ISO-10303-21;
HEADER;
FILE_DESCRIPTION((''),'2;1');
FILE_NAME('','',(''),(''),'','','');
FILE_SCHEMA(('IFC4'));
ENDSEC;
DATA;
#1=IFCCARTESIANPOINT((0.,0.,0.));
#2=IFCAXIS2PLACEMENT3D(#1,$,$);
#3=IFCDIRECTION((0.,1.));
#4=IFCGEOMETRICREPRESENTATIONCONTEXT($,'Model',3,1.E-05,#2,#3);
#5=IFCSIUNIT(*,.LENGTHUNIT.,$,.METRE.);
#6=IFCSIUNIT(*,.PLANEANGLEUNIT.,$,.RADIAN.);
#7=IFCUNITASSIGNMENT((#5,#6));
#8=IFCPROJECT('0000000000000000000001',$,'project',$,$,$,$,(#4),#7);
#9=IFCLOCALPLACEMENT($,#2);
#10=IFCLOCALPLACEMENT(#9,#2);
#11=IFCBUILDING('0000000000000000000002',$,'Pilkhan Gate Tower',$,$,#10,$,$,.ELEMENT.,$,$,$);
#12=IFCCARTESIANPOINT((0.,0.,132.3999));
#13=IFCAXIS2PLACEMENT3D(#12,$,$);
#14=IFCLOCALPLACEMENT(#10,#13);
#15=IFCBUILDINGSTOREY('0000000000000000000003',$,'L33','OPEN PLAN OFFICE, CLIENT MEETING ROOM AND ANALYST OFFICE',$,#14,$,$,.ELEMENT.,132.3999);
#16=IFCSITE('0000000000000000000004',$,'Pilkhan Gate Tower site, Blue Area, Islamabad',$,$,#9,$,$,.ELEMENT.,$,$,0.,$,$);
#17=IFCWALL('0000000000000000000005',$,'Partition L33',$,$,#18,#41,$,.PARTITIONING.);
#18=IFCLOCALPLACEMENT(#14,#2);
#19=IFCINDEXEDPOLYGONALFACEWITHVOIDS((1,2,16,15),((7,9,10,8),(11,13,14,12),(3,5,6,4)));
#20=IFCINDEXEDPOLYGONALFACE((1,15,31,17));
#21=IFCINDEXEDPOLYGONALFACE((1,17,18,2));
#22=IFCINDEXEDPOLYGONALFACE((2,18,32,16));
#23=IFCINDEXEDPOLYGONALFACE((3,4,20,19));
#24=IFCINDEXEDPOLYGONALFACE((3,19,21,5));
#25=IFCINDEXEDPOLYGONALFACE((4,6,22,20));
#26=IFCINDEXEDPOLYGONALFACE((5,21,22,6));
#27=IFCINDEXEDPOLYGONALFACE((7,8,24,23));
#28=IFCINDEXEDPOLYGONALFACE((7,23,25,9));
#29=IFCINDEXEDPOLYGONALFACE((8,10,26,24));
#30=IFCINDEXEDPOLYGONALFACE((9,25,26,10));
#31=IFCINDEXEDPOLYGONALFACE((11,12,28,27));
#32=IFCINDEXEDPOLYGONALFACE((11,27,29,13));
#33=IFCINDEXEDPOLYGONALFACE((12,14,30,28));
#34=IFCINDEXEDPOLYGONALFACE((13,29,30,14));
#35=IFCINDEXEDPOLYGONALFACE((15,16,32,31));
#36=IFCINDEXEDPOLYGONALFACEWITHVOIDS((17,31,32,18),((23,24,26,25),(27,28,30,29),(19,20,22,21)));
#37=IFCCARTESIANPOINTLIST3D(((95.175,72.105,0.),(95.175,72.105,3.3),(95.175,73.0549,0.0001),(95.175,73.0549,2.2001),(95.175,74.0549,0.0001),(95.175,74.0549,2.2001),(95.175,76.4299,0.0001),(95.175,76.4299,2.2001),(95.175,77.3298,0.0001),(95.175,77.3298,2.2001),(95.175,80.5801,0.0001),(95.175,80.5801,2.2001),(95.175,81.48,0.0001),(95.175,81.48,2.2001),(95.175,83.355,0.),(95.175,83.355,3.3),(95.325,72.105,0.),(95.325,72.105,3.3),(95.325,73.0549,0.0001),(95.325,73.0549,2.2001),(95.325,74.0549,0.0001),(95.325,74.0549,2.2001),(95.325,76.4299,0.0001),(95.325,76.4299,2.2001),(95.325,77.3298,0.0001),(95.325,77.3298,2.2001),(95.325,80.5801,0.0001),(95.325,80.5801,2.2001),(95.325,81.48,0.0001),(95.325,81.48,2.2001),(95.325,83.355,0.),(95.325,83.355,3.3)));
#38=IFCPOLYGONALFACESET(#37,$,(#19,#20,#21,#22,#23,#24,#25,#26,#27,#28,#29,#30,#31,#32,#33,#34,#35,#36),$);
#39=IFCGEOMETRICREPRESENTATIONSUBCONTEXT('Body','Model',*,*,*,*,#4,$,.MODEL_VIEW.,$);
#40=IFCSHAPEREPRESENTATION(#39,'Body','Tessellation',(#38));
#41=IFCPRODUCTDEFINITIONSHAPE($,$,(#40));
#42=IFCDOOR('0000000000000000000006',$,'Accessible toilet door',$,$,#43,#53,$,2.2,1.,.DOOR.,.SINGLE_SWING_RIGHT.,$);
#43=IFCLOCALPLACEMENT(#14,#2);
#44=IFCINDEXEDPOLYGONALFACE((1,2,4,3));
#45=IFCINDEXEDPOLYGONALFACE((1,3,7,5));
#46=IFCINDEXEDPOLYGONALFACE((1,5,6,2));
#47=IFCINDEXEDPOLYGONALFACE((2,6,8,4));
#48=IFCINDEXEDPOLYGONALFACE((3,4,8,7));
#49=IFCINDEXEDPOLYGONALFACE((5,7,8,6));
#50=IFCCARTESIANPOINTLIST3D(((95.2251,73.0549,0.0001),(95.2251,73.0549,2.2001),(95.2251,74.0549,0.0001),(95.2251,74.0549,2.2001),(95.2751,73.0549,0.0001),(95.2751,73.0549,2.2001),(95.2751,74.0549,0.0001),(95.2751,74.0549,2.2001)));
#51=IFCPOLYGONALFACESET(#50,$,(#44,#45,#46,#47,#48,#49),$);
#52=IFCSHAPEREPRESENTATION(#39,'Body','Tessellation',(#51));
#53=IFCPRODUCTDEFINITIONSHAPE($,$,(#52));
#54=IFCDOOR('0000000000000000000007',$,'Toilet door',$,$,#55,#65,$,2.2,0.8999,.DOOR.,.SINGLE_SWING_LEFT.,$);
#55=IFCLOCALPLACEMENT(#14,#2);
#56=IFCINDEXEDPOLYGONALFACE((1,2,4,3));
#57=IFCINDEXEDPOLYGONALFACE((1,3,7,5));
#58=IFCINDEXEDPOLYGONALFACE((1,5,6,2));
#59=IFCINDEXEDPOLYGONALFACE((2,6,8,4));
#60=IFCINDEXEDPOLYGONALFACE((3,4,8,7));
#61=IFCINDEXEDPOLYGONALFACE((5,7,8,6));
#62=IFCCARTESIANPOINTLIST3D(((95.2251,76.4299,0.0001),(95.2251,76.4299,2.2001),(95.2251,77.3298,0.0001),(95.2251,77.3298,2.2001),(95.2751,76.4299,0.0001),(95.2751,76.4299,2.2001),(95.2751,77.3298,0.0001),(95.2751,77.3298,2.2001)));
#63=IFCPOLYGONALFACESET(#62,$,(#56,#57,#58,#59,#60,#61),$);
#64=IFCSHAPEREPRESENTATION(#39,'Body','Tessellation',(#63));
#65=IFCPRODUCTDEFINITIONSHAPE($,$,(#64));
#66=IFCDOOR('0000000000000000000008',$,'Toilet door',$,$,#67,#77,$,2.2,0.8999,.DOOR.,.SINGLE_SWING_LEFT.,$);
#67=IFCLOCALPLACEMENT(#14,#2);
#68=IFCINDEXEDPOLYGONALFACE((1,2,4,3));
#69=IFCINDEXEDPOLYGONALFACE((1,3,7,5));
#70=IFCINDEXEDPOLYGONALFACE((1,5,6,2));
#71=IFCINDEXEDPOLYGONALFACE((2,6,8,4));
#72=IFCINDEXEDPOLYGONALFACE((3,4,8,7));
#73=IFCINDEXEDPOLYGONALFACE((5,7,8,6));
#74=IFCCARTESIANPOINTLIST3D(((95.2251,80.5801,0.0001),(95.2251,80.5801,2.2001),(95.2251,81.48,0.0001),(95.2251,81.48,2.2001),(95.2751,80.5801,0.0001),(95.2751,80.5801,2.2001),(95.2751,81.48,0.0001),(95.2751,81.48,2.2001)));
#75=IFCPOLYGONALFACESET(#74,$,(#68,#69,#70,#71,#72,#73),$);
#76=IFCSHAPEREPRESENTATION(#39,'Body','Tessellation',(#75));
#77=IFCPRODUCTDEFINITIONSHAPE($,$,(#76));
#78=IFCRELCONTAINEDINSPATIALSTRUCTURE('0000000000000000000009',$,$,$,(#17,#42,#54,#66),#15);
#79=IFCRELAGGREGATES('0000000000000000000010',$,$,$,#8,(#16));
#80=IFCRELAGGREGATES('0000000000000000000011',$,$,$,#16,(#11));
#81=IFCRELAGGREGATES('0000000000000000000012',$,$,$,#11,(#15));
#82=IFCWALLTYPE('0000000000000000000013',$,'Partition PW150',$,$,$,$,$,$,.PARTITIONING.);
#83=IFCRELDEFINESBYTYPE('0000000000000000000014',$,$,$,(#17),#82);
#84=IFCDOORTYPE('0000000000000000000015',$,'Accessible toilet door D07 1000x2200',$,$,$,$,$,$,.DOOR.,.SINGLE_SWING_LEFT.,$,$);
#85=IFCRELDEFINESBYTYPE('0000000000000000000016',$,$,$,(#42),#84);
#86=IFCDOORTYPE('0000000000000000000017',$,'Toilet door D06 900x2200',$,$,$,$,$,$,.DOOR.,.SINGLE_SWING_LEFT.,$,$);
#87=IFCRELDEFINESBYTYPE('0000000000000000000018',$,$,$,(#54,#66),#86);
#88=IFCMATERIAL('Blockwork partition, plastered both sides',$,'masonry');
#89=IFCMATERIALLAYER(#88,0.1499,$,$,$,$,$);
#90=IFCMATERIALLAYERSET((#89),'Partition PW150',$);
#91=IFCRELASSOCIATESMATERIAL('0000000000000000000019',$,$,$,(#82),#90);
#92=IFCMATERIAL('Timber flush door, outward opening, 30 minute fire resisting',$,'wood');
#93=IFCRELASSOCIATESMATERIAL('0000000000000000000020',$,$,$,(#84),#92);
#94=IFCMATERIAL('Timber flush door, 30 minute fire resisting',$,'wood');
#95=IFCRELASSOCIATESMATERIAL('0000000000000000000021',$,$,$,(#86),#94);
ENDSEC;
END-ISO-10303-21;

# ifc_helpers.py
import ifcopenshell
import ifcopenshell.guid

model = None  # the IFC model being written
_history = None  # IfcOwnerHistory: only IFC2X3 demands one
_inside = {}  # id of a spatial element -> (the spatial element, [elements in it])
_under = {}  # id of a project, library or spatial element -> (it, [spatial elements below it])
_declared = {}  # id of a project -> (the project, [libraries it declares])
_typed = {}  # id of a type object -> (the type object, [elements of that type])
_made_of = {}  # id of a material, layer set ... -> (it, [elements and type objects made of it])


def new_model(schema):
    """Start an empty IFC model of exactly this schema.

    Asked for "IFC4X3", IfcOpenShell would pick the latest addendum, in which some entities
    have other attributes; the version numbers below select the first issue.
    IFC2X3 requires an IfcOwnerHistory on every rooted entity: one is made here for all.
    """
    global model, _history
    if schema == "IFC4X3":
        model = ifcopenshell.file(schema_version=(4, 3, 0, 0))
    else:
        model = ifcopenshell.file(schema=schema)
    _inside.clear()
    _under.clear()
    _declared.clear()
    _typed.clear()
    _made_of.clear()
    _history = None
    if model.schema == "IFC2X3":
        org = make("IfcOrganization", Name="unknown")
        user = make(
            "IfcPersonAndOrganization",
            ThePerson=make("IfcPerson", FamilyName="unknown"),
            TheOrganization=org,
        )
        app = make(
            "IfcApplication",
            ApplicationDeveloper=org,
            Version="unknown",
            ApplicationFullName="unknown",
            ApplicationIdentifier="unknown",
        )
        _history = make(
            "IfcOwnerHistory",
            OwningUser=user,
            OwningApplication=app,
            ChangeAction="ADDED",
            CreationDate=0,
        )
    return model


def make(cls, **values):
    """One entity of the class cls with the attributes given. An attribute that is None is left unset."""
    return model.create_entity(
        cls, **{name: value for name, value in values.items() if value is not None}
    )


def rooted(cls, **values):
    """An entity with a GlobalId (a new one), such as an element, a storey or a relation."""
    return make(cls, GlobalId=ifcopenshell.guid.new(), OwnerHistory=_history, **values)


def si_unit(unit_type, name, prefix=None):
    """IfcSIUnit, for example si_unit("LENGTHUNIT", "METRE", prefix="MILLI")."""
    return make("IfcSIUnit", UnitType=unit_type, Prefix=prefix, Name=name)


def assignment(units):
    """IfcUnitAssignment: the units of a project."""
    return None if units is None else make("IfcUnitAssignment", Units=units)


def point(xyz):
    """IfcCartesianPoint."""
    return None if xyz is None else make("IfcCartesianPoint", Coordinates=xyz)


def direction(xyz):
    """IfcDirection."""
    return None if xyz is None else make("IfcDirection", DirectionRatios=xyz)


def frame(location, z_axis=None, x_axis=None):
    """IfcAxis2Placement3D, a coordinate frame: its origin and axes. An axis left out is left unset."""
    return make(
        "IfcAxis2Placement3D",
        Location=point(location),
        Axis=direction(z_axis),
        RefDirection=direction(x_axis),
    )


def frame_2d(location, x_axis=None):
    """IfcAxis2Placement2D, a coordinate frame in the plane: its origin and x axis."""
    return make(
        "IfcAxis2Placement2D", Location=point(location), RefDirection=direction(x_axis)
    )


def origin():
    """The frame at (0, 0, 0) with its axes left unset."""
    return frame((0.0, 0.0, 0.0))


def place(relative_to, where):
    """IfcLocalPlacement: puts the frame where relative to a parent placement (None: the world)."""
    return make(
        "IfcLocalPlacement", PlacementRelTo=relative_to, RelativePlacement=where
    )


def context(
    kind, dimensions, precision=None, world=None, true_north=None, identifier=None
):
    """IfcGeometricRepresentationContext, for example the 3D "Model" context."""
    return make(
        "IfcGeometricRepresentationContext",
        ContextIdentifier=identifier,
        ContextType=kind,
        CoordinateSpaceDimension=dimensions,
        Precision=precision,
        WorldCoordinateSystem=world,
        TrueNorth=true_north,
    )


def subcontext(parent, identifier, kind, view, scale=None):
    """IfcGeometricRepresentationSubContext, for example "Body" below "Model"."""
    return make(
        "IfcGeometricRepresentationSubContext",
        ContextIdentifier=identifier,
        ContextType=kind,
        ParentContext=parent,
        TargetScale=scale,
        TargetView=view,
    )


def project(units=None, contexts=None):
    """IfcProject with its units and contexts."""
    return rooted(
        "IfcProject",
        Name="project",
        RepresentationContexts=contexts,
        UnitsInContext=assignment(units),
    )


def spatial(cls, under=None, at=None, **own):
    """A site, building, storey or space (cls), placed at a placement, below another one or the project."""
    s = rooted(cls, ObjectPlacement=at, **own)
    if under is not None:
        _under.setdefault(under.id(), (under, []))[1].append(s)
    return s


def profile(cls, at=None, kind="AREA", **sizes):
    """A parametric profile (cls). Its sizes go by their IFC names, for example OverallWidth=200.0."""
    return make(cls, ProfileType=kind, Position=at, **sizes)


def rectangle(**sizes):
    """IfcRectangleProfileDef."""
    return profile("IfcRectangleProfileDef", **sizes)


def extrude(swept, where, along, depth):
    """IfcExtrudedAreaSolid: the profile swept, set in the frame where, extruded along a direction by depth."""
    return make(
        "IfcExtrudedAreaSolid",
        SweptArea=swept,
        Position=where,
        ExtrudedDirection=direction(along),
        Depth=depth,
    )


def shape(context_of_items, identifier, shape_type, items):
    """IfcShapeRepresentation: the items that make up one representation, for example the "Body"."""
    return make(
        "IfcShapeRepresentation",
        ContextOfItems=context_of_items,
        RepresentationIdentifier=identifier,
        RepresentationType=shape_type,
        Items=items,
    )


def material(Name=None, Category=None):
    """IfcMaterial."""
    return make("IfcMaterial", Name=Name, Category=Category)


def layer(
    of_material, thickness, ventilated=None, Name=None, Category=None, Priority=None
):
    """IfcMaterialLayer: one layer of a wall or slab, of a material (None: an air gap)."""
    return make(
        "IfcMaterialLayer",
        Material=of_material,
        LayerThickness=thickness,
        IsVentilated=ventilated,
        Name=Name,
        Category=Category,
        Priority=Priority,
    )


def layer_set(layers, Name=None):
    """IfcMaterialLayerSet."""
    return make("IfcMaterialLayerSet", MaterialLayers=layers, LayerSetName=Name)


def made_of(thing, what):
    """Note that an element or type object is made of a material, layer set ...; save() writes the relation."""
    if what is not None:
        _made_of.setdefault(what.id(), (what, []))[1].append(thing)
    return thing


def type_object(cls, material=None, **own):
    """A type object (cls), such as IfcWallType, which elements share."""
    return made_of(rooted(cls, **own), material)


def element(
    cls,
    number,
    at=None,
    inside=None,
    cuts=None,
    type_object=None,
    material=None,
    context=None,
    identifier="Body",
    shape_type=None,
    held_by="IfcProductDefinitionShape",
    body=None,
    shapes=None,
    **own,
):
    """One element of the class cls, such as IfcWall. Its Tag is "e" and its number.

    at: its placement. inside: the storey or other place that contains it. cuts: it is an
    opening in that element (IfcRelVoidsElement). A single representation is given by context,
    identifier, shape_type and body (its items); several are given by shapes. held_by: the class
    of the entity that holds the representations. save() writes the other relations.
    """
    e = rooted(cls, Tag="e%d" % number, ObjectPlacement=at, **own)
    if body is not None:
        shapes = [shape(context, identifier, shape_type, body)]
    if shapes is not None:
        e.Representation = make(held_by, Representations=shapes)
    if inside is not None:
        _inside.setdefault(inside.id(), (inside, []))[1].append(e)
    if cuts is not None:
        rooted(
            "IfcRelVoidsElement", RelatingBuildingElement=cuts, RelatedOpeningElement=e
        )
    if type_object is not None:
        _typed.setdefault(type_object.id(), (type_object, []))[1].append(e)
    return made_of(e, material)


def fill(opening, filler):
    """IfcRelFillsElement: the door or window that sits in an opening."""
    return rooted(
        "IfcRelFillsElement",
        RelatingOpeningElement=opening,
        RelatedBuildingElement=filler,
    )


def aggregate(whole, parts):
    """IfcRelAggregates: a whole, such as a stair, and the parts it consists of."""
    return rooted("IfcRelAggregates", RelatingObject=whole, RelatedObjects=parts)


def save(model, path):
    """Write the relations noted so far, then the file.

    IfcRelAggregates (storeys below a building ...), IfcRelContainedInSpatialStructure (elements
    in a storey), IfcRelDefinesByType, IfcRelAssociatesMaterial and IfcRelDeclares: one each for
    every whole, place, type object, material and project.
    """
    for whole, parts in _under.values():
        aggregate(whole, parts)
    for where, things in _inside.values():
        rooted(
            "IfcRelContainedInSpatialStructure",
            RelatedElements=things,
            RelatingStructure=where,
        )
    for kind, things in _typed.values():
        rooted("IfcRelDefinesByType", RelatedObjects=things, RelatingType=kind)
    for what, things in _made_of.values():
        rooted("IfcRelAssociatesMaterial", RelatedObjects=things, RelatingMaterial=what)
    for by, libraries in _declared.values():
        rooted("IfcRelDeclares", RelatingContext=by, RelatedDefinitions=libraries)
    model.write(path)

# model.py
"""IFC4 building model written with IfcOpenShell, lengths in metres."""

from ifc_helpers import new_model, si_unit, direction, frame, frame_2d, origin, place, context, subcontext, project, spatial, rectangle, extrude, material, layer, layer_set, type_object, element, fill, save


model = new_model("IFC4")

# Units and contexts
model_context = context("Model", 3, precision=1e-05, world=origin(), true_north=direction((0.0, 1.0)))
body_context = subcontext(model_context, "Body", "Model", "MODEL_VIEW")
ifc_project = project(units=[si_unit("LENGTHUNIT", "METRE"), si_unit("PLANEANGLEUNIT", "RADIAN")], contexts=[model_context])

# Site, building, storey
site_placement = place(None, origin())
site = spatial("IfcSite", under=ifc_project, at=site_placement, Name="Pilkhan Gate Tower site, Blue Area, Islamabad", CompositionType="ELEMENT", RefElevation=0.0)
building_placement = place(site_placement, origin())
building = spatial("IfcBuilding", under=site, at=building_placement, Name="Pilkhan Gate Tower", CompositionType="ELEMENT")
storey_placement = place(building_placement, frame((0.0, 0.0, 132.3999)))
storey = spatial("IfcBuildingStorey", under=building, at=storey_placement, Name="L33", Description="OPEN PLAN OFFICE, CLIENT MEETING ROOM AND ANALYST OFFICE", CompositionType="ELEMENT", Elevation=132.3999)

# Shared definitions
ifc_material_1 = material(Name="Timber flush door, 30 minute fire resisting", Category="wood")

# Shared definitions
ifc_material_2 = material(Name="Blockwork partition, plastered both sides", Category="masonry")
ifc_layer_1 = layer(ifc_material_2, 0.1499)
ifc_layer_set_1 = layer_set([ifc_layer_1], Name="Partition PW150")
wall_type_1 = type_object("IfcWallType", Name="Partition PW150", PredefinedType="PARTITIONING", material=ifc_layer_set_1)

# Wall, openings, doors
wall_1_placement = place(storey_placement, frame((95.25, 72.105, 0.0), z_axis=(0.0, 0.0, 1.0), x_axis=(0.0, 1.0, 0.0)))
wall_1 = element("IfcWall", 1, at=wall_1_placement, inside=storey, type_object=wall_type_1, Name="Partition L33", PredefinedType="PARTITIONING", context=body_context, shape_type="SweptSolid", body=[
    extrude(rectangle(XDim=11.25, YDim=0.1499, at=frame_2d((5.625, 0.0))), origin(), (0.0, 0.0, 1.0), 3.3),
])
opening_1_placement = place(wall_1_placement, frame((0.95, 0.0, 0.0)))
opening_1 = element("IfcOpeningElement", 2, at=opening_1_placement, cuts=wall_1, PredefinedType="OPENING", context=body_context, shape_type="SweptSolid", body=[
    extrude(rectangle(XDim=1.0, YDim=2.2, at=frame_2d((0.5, 1.1001))), frame((0.0, 0.085, 0.0), z_axis=(0.0, -1.0, 0.0), x_axis=(1.0, 0.0, 0.0)), (0.0, 0.0, 1.0), 0.1699),
])
opening_2_placement = place(wall_1_placement, frame((4.325, 0.0, 0.0)))
opening_2 = element("IfcOpeningElement", 3, at=opening_2_placement, cuts=wall_1, PredefinedType="OPENING", context=body_context, shape_type="SweptSolid", body=[
    extrude(rectangle(XDim=0.8999, YDim=2.2, at=frame_2d((0.45, 1.1001))), frame((0.0, 0.085, 0.0), z_axis=(0.0, -1.0, 0.0), x_axis=(1.0, 0.0, 0.0)), (0.0, 0.0, 1.0), 0.1699),
])
opening_3_placement = place(wall_1_placement, frame((8.4751, 0.0, 0.0)))
opening_3 = element("IfcOpeningElement", 4, at=opening_3_placement, cuts=wall_1, PredefinedType="OPENING", context=body_context, shape_type="SweptSolid", body=[
    extrude(rectangle(XDim=0.8999, YDim=2.2, at=frame_2d((0.45, 1.1001))), frame((0.0, 0.085, 0.0), z_axis=(0.0, -1.0, 0.0), x_axis=(1.0, 0.0, 0.0)), (0.0, 0.0, 1.0), 0.1699),
])
ifc_material_3 = material(Name="Timber flush door, outward opening, 30 minute fire resisting", Category="wood")
door_type_1 = type_object("IfcDoorType", Name="Accessible toilet door D07 1000x2200", OperationType="SINGLE_SWING_LEFT", PredefinedType="DOOR", material=ifc_material_3)
door_1_placement = place(opening_1_placement, origin())
door_1 = element("IfcDoor", 5, at=door_1_placement, inside=storey, type_object=door_type_1, Name="Accessible toilet door", OperationType="SINGLE_SWING_RIGHT", OverallHeight=2.2, OverallWidth=1.0, PredefinedType="DOOR", context=body_context, shape_type="SweptSolid", body=[
    extrude(rectangle(XDim=1.0, YDim=2.2, at=frame_2d((0.5, 1.1001))), frame((0.0, 0.0249, 0.0), z_axis=(0.0, -1.0, 0.0), x_axis=(1.0, 0.0, 0.0)), (0.0, 0.0, 1.0), 0.05),
])
fill(opening_1, door_1)
door_type_2 = type_object("IfcDoorType", Name="Toilet door D06 900x2200", OperationType="SINGLE_SWING_LEFT", PredefinedType="DOOR", material=ifc_material_1)
door_2_placement = place(opening_2_placement, origin())
door_2 = element("IfcDoor", 6, at=door_2_placement, inside=storey, type_object=door_type_2, Name="Toilet door", OperationType="SINGLE_SWING_LEFT", OverallHeight=2.2, OverallWidth=0.8999, PredefinedType="DOOR", context=body_context, shape_type="SweptSolid", body=[
    extrude(rectangle(XDim=0.8999, YDim=2.2, at=frame_2d((0.45, 1.1001))), frame((0.0, 0.0249, 0.0), z_axis=(0.0, -1.0, 0.0), x_axis=(1.0, 0.0, 0.0)), (0.0, 0.0, 1.0), 0.05),
])
fill(opening_2, door_2)
door_3_placement = place(opening_3_placement, origin())
door_3 = element("IfcDoor", 7, at=door_3_placement, inside=storey, type_object=door_type_2, Name="Toilet door", OperationType="SINGLE_SWING_LEFT", OverallHeight=2.2, OverallWidth=0.8999, PredefinedType="DOOR", context=body_context, shape_type="SweptSolid", body=[
    extrude(rectangle(XDim=0.8999, YDim=2.2, at=frame_2d((0.45, 1.1001))), frame((0.0, 0.0249, 0.0), z_axis=(0.0, -1.0, 0.0), x_axis=(1.0, 0.0, 0.0)), (0.0, 0.0, 1.0), 0.05),
])
fill(opening_3, door_3)

save(model, "model.ifc")
